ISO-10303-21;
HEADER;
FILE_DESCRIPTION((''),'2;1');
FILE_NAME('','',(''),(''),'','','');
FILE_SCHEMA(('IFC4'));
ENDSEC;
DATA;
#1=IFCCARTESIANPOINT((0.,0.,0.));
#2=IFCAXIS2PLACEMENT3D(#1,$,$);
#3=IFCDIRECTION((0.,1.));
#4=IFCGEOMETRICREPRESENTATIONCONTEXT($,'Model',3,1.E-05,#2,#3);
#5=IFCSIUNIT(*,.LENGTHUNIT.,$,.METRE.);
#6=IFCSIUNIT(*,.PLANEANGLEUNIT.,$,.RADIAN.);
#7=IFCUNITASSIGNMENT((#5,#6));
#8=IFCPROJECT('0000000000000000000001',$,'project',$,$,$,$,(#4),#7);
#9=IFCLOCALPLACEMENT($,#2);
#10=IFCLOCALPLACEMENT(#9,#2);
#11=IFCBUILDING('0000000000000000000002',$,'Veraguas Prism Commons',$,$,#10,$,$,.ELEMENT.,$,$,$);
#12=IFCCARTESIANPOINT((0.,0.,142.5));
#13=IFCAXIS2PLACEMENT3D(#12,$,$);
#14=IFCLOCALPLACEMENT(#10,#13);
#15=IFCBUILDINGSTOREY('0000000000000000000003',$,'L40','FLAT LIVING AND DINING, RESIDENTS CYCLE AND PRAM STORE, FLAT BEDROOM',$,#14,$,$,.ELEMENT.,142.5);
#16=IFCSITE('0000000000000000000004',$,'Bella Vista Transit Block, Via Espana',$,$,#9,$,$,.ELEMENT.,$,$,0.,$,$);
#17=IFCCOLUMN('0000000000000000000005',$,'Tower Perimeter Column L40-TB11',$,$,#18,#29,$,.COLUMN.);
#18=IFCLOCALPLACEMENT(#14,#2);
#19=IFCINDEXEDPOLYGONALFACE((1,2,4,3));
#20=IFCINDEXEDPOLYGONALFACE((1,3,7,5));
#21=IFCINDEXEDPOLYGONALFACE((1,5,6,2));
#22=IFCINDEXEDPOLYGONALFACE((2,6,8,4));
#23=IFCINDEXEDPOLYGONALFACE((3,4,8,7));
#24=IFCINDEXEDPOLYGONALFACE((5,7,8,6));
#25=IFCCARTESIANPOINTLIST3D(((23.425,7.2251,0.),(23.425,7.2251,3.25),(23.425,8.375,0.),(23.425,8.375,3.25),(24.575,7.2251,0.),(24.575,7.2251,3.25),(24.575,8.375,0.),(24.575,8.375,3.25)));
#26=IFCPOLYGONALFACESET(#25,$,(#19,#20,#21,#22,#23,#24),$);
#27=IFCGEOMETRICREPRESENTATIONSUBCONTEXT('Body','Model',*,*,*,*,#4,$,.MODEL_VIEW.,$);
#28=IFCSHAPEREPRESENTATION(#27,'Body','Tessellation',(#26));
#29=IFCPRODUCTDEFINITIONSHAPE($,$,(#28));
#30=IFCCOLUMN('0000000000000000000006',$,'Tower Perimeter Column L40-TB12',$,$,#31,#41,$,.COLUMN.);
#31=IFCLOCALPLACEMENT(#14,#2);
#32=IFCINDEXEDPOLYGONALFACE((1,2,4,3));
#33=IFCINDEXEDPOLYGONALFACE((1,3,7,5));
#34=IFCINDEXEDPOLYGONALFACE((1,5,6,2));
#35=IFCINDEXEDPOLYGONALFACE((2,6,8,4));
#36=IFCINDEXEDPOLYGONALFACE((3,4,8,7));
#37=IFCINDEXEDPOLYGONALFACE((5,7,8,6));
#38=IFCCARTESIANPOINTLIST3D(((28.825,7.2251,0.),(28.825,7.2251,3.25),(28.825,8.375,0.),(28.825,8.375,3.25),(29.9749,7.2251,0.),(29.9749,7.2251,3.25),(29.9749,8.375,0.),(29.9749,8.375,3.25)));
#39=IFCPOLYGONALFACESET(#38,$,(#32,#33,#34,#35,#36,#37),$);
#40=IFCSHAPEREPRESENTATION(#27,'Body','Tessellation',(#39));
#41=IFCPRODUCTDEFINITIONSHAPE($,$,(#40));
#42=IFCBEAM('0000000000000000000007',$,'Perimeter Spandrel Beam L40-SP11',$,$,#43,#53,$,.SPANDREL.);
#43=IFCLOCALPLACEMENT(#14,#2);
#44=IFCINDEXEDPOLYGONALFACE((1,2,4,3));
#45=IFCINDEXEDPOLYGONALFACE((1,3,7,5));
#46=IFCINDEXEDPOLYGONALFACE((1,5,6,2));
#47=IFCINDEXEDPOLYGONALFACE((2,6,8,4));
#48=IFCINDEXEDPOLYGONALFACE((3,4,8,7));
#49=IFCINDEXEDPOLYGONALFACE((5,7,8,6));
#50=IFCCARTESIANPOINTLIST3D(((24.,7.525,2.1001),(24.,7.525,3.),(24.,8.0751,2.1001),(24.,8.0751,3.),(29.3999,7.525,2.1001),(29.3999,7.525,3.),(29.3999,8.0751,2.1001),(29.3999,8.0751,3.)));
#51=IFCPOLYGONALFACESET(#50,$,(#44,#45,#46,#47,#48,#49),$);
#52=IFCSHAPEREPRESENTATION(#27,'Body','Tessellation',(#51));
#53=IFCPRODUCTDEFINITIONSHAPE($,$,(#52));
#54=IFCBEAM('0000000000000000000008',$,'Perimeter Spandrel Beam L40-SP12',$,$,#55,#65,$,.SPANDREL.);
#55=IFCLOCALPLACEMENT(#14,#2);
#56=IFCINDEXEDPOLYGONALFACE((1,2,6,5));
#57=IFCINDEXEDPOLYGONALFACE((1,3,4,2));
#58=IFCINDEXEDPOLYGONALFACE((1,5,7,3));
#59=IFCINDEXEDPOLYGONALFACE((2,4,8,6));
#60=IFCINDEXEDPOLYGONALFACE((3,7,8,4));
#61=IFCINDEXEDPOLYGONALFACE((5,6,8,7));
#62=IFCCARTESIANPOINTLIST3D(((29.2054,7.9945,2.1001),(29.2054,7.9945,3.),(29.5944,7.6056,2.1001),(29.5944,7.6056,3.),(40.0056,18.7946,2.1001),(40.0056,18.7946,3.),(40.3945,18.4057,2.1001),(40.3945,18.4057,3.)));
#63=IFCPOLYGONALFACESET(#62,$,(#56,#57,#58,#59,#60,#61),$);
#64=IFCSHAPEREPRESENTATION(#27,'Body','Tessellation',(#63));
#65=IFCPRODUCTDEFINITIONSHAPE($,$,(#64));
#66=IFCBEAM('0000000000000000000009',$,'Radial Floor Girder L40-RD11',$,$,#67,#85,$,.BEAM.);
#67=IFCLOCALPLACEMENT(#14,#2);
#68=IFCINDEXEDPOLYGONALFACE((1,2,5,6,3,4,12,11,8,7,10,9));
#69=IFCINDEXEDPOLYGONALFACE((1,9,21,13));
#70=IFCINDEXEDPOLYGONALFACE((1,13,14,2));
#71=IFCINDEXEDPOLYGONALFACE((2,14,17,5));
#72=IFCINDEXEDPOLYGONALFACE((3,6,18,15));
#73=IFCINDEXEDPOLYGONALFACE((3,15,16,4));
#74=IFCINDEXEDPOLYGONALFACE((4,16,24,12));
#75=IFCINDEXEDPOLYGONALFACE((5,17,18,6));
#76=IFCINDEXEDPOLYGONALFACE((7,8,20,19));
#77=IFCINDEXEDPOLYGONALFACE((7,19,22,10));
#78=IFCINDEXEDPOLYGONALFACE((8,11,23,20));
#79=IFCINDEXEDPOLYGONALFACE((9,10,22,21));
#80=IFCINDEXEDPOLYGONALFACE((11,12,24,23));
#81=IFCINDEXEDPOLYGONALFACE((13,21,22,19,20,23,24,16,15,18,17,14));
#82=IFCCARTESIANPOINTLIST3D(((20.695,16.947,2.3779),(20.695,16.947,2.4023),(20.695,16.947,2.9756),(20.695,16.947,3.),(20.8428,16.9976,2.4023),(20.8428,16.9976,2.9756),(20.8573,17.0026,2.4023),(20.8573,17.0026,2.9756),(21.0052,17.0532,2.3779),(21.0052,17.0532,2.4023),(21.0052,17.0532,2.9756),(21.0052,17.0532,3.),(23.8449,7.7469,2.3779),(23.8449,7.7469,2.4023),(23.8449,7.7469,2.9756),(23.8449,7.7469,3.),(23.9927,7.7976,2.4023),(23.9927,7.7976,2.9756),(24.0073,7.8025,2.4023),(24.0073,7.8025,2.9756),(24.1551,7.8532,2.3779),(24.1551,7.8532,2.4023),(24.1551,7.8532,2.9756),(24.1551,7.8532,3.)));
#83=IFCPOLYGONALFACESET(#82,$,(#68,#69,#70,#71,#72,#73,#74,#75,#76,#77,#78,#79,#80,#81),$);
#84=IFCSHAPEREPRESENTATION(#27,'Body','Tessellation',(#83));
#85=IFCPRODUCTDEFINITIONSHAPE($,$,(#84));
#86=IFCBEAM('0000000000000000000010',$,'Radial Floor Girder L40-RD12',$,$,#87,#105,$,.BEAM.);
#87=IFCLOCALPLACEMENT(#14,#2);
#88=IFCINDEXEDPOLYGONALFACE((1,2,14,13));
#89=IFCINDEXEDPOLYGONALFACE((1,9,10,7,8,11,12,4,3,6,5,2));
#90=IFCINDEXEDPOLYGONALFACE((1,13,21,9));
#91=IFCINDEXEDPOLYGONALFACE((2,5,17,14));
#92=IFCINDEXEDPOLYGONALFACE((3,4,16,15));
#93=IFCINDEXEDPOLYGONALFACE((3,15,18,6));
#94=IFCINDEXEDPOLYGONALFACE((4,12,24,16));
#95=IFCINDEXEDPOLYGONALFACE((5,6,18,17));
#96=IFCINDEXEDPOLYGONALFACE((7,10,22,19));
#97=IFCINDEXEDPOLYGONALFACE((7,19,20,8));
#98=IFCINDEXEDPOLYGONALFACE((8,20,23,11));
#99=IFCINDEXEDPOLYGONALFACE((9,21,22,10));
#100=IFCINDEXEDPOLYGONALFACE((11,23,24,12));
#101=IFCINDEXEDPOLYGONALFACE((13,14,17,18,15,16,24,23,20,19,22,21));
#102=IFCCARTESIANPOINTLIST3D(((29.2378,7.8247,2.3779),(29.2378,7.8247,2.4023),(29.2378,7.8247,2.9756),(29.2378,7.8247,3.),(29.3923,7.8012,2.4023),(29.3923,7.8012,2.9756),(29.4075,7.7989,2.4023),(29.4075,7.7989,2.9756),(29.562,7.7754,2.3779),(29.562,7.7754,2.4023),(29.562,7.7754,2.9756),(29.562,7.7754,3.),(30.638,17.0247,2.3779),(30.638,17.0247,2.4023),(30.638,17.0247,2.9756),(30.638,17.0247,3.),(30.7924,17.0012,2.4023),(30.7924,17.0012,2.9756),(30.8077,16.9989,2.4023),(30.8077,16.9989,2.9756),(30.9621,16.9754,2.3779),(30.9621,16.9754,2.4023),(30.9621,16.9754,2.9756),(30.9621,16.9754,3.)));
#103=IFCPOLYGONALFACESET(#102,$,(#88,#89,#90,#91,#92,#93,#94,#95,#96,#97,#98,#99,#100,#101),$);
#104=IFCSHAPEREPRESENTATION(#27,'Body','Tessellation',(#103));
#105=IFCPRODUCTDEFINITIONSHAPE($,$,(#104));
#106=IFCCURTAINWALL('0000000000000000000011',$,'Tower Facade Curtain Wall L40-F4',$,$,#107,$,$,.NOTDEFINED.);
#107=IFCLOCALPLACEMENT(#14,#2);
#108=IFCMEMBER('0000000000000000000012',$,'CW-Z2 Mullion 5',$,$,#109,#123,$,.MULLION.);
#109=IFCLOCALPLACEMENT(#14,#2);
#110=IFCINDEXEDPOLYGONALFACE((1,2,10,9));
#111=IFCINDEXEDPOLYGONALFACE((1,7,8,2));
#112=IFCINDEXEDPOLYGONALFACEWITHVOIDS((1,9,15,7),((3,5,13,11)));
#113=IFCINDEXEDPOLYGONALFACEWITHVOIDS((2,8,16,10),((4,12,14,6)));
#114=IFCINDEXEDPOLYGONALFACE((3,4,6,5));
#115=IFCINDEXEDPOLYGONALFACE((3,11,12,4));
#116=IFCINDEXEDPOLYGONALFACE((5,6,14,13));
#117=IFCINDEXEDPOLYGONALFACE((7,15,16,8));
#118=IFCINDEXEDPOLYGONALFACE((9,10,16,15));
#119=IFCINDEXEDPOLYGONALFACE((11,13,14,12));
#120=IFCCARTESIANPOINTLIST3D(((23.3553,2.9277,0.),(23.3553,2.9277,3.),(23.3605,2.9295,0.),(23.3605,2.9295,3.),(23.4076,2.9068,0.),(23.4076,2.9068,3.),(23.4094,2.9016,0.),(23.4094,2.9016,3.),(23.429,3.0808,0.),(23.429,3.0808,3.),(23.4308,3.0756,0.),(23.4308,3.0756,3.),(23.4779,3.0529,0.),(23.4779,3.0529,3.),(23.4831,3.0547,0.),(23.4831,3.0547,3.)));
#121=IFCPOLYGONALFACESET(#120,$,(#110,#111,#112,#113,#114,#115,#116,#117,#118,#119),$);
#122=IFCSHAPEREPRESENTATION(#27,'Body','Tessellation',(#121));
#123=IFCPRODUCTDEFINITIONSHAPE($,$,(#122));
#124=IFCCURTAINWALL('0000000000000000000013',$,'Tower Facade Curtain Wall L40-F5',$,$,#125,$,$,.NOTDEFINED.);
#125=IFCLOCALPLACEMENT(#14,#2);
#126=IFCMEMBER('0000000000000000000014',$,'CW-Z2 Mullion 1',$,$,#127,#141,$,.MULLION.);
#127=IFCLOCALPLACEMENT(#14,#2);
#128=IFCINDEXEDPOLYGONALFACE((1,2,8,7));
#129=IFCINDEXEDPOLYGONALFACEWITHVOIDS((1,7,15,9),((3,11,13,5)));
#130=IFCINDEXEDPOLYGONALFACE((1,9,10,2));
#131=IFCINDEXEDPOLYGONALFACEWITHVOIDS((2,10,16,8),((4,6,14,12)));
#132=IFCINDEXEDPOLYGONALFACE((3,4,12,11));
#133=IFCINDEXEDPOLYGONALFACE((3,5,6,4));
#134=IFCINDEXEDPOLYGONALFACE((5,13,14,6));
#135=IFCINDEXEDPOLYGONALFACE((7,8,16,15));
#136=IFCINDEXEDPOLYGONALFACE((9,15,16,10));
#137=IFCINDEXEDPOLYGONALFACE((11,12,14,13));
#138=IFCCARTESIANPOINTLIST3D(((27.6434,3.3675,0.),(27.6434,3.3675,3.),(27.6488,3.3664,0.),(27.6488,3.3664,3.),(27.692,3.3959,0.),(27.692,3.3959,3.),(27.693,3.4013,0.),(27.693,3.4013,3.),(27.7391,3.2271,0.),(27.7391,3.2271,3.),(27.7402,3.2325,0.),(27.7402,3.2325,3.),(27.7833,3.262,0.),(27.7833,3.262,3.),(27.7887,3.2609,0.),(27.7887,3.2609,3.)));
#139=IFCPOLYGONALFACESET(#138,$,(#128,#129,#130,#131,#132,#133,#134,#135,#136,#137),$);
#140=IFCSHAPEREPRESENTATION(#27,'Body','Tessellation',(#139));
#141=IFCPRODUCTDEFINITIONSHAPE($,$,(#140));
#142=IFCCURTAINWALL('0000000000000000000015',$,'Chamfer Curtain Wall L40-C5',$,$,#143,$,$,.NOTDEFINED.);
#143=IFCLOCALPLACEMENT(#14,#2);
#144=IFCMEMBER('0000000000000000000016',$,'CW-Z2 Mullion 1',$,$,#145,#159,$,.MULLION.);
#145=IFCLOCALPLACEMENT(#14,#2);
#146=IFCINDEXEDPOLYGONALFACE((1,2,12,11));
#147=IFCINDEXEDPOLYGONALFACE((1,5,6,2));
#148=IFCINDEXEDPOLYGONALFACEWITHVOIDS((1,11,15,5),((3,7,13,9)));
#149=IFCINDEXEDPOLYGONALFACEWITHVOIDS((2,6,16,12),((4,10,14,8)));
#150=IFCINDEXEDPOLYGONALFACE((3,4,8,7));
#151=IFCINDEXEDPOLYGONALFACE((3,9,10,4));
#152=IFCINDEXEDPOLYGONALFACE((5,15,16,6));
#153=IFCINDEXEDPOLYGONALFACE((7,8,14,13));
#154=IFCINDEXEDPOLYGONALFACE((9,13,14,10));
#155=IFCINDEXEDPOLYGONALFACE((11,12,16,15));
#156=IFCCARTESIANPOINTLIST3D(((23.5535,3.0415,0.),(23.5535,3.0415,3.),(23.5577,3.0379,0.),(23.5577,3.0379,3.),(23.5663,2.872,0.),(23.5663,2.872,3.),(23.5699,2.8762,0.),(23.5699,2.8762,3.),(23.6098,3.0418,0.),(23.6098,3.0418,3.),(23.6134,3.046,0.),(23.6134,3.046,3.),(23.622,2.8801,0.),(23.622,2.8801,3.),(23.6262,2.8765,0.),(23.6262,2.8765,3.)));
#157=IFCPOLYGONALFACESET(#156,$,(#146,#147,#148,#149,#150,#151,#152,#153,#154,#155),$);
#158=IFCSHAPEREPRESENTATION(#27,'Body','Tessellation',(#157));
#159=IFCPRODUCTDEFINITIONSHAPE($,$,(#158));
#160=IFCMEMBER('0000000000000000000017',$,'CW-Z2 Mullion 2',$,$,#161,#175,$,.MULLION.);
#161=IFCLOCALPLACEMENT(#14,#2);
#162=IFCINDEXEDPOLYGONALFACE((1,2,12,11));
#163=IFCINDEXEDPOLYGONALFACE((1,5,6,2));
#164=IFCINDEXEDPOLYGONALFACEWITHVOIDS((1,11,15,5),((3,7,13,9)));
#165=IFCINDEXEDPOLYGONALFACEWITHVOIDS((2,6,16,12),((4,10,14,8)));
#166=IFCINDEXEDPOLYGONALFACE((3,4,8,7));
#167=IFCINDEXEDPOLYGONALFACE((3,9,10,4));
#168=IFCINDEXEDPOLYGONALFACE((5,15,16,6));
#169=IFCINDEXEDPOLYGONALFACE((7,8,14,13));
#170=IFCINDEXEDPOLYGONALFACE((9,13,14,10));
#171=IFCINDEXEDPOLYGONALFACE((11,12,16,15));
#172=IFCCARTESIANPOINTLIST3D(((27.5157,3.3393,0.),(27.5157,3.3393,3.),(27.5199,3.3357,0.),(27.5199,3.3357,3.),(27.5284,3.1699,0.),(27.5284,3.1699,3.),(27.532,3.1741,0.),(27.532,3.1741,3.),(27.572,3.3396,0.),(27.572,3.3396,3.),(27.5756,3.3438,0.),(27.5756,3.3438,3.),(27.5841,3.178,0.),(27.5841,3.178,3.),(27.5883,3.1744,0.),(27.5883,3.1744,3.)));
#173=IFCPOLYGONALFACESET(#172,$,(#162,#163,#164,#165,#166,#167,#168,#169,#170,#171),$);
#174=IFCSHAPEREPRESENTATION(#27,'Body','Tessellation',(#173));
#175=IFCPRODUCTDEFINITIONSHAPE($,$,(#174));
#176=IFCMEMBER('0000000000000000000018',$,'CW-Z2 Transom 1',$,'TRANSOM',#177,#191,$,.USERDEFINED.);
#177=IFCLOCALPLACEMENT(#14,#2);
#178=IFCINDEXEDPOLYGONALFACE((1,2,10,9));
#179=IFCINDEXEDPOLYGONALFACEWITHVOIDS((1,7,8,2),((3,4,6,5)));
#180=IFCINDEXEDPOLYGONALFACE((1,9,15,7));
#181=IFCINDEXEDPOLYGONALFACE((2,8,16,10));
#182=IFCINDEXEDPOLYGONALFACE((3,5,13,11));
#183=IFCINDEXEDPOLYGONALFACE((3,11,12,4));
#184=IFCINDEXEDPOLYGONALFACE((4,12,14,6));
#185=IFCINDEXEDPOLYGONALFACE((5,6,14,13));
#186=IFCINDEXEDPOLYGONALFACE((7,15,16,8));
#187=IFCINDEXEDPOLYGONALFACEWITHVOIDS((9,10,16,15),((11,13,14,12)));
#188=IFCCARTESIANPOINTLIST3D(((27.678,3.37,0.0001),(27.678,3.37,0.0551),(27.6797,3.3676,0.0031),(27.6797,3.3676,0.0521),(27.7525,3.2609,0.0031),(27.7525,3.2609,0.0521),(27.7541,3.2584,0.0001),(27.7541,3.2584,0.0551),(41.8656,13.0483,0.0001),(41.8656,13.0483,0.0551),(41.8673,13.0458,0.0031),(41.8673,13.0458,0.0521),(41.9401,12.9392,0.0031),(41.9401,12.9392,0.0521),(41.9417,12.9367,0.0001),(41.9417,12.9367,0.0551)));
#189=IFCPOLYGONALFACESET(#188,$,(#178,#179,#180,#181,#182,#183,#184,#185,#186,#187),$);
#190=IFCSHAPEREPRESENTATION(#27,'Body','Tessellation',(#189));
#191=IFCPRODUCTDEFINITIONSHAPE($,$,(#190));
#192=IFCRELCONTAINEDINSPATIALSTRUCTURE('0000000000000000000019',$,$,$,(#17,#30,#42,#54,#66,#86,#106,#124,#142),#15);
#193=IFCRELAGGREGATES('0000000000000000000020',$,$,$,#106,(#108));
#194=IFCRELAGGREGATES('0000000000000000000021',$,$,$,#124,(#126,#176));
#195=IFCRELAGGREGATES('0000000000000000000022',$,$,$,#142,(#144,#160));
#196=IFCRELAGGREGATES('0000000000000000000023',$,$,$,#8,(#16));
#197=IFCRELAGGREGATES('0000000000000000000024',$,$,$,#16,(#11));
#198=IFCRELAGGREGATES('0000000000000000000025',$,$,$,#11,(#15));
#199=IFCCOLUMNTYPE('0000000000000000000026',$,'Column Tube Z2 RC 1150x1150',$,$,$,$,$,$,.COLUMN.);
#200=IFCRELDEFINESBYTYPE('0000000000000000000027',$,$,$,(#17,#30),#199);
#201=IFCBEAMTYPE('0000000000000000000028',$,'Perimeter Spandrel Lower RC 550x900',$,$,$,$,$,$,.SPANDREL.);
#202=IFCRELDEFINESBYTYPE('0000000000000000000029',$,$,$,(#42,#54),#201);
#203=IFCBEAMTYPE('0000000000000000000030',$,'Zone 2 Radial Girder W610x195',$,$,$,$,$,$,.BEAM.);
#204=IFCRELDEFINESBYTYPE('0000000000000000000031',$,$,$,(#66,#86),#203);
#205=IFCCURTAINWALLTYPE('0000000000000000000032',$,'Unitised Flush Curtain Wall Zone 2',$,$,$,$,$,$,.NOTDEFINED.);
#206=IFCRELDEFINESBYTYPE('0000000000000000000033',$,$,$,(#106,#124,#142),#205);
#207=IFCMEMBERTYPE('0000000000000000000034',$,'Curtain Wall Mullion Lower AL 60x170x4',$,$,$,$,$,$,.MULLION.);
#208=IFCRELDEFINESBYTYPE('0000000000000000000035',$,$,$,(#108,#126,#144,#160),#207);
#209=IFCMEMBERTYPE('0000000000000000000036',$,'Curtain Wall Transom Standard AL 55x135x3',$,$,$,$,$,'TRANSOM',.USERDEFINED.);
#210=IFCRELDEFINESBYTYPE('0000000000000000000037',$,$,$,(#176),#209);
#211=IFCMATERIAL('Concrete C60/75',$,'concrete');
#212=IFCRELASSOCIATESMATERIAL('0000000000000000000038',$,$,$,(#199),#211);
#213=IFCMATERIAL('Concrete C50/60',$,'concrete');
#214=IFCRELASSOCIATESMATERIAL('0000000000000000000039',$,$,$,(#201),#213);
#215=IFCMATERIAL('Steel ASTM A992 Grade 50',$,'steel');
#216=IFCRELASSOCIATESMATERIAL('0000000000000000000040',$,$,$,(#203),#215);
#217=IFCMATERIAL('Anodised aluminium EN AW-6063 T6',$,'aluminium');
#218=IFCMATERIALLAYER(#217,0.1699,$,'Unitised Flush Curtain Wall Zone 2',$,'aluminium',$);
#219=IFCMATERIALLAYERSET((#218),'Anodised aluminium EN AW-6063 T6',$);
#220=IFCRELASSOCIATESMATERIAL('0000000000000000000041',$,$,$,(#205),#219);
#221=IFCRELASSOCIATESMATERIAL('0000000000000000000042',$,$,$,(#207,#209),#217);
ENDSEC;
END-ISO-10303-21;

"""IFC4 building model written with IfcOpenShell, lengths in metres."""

from ifc_helpers import new_model, si_unit, direction, frame, origin, origin_2d, place, context, subcontext, project, spatial, rectangle, hollow_rectangle, i_section, extrude, source, transform, mapped, material, layer, layer_set, material_profile, profile_set, type_object, element, aggregate, save


model = new_model("IFC4")

# Units and contexts
model_context = context("Model", 3, precision=1e-05, world=origin(), true_north=direction((0.0, 1.0)))
body_context = subcontext(model_context, "Body", "Model", "MODEL_VIEW")
ifc_project = project(units=[si_unit("LENGTHUNIT", "METRE"), si_unit("PLANEANGLEUNIT", "RADIAN")], contexts=[model_context])

# Site, building, storey
site_placement = place(None, origin())
site = spatial("IfcSite", under=ifc_project, at=site_placement, Name="Bella Vista Transit Block, Via Espana", CompositionType="ELEMENT", RefElevation=0.0)
building_placement = place(site_placement, origin())
building = spatial("IfcBuilding", under=site, at=building_placement, Name="Veraguas Prism Commons", CompositionType="ELEMENT")
storey_placement = place(building_placement, frame((0.0, 0.0, 142.5)))
storey = spatial("IfcBuildingStorey", under=building, at=storey_placement, Name="L40", Description="FLAT LIVING AND DINING, RESIDENTS CYCLE AND PRAM STORE, FLAT BEDROOM", CompositionType="ELEMENT", Elevation=142.5)

# Columns
ifc_material_1 = material(Name="Concrete C60/75", Category="concrete")
ifc_material_profile_1 = material_profile(ifc_material_1, rectangle(XDim=1.1499, YDim=1.1499, at=origin_2d()), Name="RC1150X1150")
ifc_profile_set_1 = profile_set([ifc_material_profile_1], Name="Concrete C60/75")
column_type = type_object("IfcColumnType", Name="Column Tube Z2 RC 1150x1150", PredefinedType="COLUMN", material=ifc_profile_set_1)
for number, where, z_axis, x_axis, name in (
    (1, (24.0, 7.8, 0.0), (0.0, 0.0, 1.0), (1.0, 0.0, 0.0), "Tower Perimeter Column L40-TB11"),
    (2, (29.3999, 7.8, 0.0), (0.0, 0.0, 1.0), (1.0, 0.0, 0.0), "Tower Perimeter Column L40-TB12"),
):
    element("IfcColumn", number, at=place(storey_placement, frame(where, z_axis=z_axis, x_axis=x_axis)), inside=storey, type_object=column_type, Name=name, PredefinedType="COLUMN", context=body_context, shape_type="SweptSolid", body=[
        extrude(rectangle(XDim=1.1499, YDim=1.1499, at=origin_2d()), origin(), (0.0, 0.0, 1.0), 3.25),
    ])

# Beams
ifc_material_2 = material(Name="Concrete C50/60", Category="concrete")
ifc_material_profile_2 = material_profile(ifc_material_2, rectangle(XDim=0.55, YDim=0.8999, at=origin_2d()), Name="RC550X900")
ifc_profile_set_2 = profile_set([ifc_material_profile_2], Name="Concrete C50/60")
beam_type_1 = type_object("IfcBeamType", Name="Perimeter Spandrel Lower RC 550x900", PredefinedType="SPANDREL", material=ifc_profile_set_2)
beam_1_placement = place(storey_placement, frame((24.0, 7.8, 2.55), z_axis=(1.0, 0.0, 0.0), x_axis=(0.0, 1.0, 0.0)))
element("IfcBeam", 3, at=beam_1_placement, inside=storey, type_object=beam_type_1, Name="Perimeter Spandrel Beam L40-SP11", PredefinedType="SPANDREL", context=body_context, shape_type="SweptSolid", body=[
    extrude(rectangle(XDim=0.55, YDim=0.8999, at=origin_2d()), origin(), (0.0, 0.0, 1.0), 5.3999),
])
beam_2_placement = place(storey_placement, frame((29.3999, 7.8, 2.55), z_axis=(0.707107, 0.707107, 0.0), x_axis=(-0.707107, 0.707107, 0.0)))
element("IfcBeam", 4, at=beam_2_placement, inside=storey, type_object=beam_type_1, Name="Perimeter Spandrel Beam L40-SP12", PredefinedType="SPANDREL", context=body_context, shape_type="SweptSolid", body=[
    extrude(rectangle(XDim=0.55, YDim=0.8999, at=origin_2d()), origin(), (0.0, 0.0, 1.0), 15.2737),
])
ifc_material_3 = material(Name="Steel ASTM A992 Grade 50", Category="steel")
ifc_material_profile_3 = material_profile(ifc_material_3, i_section(OverallWidth=0.3279, OverallDepth=0.6221, WebThickness=0.0154, FlangeThickness=0.0244, at=origin_2d()), Name="W610X195")
ifc_profile_set_3 = profile_set([ifc_material_profile_3], Name="Steel ASTM A992 Grade 50")
beam_type_2 = type_object("IfcBeamType", Name="Zone 2 Radial Girder W610x195", PredefinedType="BEAM", material=ifc_profile_set_3)
beam_3_placement = place(storey_placement, frame((24.0, 7.8, 2.689), z_axis=(-0.323922, 0.946084, 0.0), x_axis=(-0.946084, -0.323922, 0.0)))
element("IfcBeam", 5, at=beam_3_placement, inside=storey, type_object=beam_type_2, Name="Radial Floor Girder L40-RD11", PredefinedType="BEAM", context=body_context, shape_type="SweptSolid", body=[
    extrude(i_section(OverallWidth=0.3279, OverallDepth=0.6221, WebThickness=0.0154, FlangeThickness=0.0244, at=origin_2d()), origin(), (0.0, 0.0, 1.0), 9.7244),
])
beam_4_placement = place(storey_placement, frame((29.3999, 7.8, 2.689), z_axis=(0.150458, 0.988616, 0.0), x_axis=(-0.988616, 0.150458, 0.0)))
element("IfcBeam", 6, at=beam_4_placement, inside=storey, type_object=beam_type_2, Name="Radial Floor Girder L40-RD12", PredefinedType="BEAM", context=body_context, shape_type="SweptSolid", body=[
    extrude(i_section(OverallWidth=0.3279, OverallDepth=0.6221, WebThickness=0.0154, FlangeThickness=0.0244, at=origin_2d()), origin(), (0.0, 0.0, 1.0), 9.3059),
])

# Curtain walls, members
ifc_material_4 = material(Name="Anodised aluminium EN AW-6063 T6", Category="aluminium")
ifc_layer_1 = layer(ifc_material_4, 0.1699, Name="Unitised Flush Curtain Wall Zone 2", Category="aluminium")
ifc_layer_set_1 = layer_set([ifc_layer_1], Name="Anodised aluminium EN AW-6063 T6")
curtain_wall_type = type_object("IfcCurtainWallType", Name="Unitised Flush Curtain Wall Zone 2", PredefinedType="NOTDEFINED", material=ifc_layer_set_1)
curtain_wall_1_placement = place(storey_placement, origin())
curtain_wall_1 = element("IfcCurtainWall", 7, at=curtain_wall_1_placement, inside=storey, type_object=curtain_wall_type, Name="Tower Facade Curtain Wall L40-F4", PredefinedType="NOTDEFINED")
ifc_material_profile_4 = material_profile(ifc_material_4, hollow_rectangle(XDim=0.0601, YDim=0.1699, WallThickness=0.0039, at=origin_2d()), Name="AL60X170X4")
ifc_profile_set_4 = profile_set([ifc_material_profile_4], Name="Anodised aluminium EN AW-6063 T6")
member_type_1 = type_object("IfcMemberType", Name="Curtain Wall Mullion Lower AL 60x170x4", PredefinedType="MULLION", material=ifc_profile_set_4)
shared_shape_1 = source(origin(), body_context, "Body", "SweptSolid", [
    extrude(hollow_rectangle(XDim=0.0601, YDim=0.1699, WallThickness=0.0039, at=origin_2d()), origin(), (0.0, 0.0, 1.0), 3.0),
])
member_1_placement = place(storey_placement, frame((23.4192, 2.9912, 0.0), z_axis=(0.0, 0.0, 1.0), x_axis=(0.901076, -0.433662, 0.0)))
member_1 = element("IfcMember", 8, at=member_1_placement, type_object=member_type_1, Name="CW-Z2 Mullion 5", PredefinedType="MULLION", context=body_context, shape_type="MappedRepresentation", body=[
    mapped(shared_shape_1, transform((0.0, 0.0, 0.0), scale=1.0)),
])
aggregate(curtain_wall_1, [member_1])
curtain_wall_2_placement = place(storey_placement, origin())
curtain_wall_2 = element("IfcCurtainWall", 9, at=curtain_wall_2_placement, inside=storey, type_object=curtain_wall_type, Name="Tower Facade Curtain Wall L40-F5", PredefinedType="NOTDEFINED")
member_2_placement = place(storey_placement, frame((27.7161, 3.3142, 0.0), z_axis=(0.0, 0.0, 1.0), x_axis=(0.826097, 0.563527, 0.0)))
member_2 = element("IfcMember", 10, at=member_2_placement, type_object=member_type_1, Name="CW-Z2 Mullion 1", PredefinedType="MULLION", context=body_context, shape_type="MappedRepresentation", body=[
    mapped(shared_shape_1, transform((0.0, 0.0, 0.0), scale=1.0)),
])

# Curtain wall, members
curtain_wall_3_placement = place(storey_placement, origin())
curtain_wall_3 = element("IfcCurtainWall", 11, at=curtain_wall_3_placement, inside=storey, type_object=curtain_wall_type, Name="Chamfer Curtain Wall L40-C5", PredefinedType="NOTDEFINED")
member_3_placement = place(storey_placement, frame((23.5898, 2.959, 0.0), z_axis=(0.0, 0.0, 1.0), x_axis=(0.997185, 0.074979, 0.0)))
member_3 = element("IfcMember", 12, at=member_3_placement, type_object=member_type_1, Name="CW-Z2 Mullion 1", PredefinedType="MULLION", context=body_context, shape_type="MappedRepresentation", body=[
    mapped(shared_shape_1, transform((0.0, 0.0, 0.0), scale=1.0)),
])
member_4_placement = place(storey_placement, frame((27.552, 3.2568, 0.0), z_axis=(0.0, 0.0, 1.0), x_axis=(0.997185, 0.074979, 0.0)))
member_4 = element("IfcMember", 13, at=member_4_placement, type_object=member_type_1, Name="CW-Z2 Mullion 2", PredefinedType="MULLION", context=body_context, shape_type="MappedRepresentation", body=[
    mapped(shared_shape_1, transform((0.0, 0.0, 0.0), scale=1.0)),
])

# Member
ifc_material_profile_5 = material_profile(ifc_material_4, hollow_rectangle(XDim=0.0549, YDim=0.135, WallThickness=0.0029, at=origin_2d()), Name="AL55X135X3")
ifc_profile_set_5 = profile_set([ifc_material_profile_5], Name="Anodised aluminium EN AW-6063 T6")
member_type_2 = type_object("IfcMemberType", Name="Curtain Wall Transom Standard AL 55x135x3", ElementType="TRANSOM", PredefinedType="USERDEFINED", material=ifc_profile_set_5)
shared_shape_2 = source(origin(), body_context, "Body", "SweptSolid", [
    extrude(hollow_rectangle(XDim=0.0549, YDim=0.135, WallThickness=0.0029, at=origin_2d()), origin(), (0.0, 0.0, 1.0), 17.1743),
])
member_5_placement = place(storey_placement, frame((27.7161, 3.3142, 0.0276), z_axis=(0.826094, 0.563533, 0.0), x_axis=(0.0, 0.0, 1.0)))
member_5 = element("IfcMember", 14, at=member_5_placement, type_object=member_type_2, Name="CW-Z2 Transom 1", ObjectType="TRANSOM", PredefinedType="USERDEFINED", context=body_context, shape_type="MappedRepresentation", body=[
    mapped(shared_shape_2, transform((0.0, 0.0, 0.0), scale=1.0)),
])

aggregate(curtain_wall_2, [member_2, member_5])
aggregate(curtain_wall_3, [member_3, member_4])

save(model, "model.ifc")
